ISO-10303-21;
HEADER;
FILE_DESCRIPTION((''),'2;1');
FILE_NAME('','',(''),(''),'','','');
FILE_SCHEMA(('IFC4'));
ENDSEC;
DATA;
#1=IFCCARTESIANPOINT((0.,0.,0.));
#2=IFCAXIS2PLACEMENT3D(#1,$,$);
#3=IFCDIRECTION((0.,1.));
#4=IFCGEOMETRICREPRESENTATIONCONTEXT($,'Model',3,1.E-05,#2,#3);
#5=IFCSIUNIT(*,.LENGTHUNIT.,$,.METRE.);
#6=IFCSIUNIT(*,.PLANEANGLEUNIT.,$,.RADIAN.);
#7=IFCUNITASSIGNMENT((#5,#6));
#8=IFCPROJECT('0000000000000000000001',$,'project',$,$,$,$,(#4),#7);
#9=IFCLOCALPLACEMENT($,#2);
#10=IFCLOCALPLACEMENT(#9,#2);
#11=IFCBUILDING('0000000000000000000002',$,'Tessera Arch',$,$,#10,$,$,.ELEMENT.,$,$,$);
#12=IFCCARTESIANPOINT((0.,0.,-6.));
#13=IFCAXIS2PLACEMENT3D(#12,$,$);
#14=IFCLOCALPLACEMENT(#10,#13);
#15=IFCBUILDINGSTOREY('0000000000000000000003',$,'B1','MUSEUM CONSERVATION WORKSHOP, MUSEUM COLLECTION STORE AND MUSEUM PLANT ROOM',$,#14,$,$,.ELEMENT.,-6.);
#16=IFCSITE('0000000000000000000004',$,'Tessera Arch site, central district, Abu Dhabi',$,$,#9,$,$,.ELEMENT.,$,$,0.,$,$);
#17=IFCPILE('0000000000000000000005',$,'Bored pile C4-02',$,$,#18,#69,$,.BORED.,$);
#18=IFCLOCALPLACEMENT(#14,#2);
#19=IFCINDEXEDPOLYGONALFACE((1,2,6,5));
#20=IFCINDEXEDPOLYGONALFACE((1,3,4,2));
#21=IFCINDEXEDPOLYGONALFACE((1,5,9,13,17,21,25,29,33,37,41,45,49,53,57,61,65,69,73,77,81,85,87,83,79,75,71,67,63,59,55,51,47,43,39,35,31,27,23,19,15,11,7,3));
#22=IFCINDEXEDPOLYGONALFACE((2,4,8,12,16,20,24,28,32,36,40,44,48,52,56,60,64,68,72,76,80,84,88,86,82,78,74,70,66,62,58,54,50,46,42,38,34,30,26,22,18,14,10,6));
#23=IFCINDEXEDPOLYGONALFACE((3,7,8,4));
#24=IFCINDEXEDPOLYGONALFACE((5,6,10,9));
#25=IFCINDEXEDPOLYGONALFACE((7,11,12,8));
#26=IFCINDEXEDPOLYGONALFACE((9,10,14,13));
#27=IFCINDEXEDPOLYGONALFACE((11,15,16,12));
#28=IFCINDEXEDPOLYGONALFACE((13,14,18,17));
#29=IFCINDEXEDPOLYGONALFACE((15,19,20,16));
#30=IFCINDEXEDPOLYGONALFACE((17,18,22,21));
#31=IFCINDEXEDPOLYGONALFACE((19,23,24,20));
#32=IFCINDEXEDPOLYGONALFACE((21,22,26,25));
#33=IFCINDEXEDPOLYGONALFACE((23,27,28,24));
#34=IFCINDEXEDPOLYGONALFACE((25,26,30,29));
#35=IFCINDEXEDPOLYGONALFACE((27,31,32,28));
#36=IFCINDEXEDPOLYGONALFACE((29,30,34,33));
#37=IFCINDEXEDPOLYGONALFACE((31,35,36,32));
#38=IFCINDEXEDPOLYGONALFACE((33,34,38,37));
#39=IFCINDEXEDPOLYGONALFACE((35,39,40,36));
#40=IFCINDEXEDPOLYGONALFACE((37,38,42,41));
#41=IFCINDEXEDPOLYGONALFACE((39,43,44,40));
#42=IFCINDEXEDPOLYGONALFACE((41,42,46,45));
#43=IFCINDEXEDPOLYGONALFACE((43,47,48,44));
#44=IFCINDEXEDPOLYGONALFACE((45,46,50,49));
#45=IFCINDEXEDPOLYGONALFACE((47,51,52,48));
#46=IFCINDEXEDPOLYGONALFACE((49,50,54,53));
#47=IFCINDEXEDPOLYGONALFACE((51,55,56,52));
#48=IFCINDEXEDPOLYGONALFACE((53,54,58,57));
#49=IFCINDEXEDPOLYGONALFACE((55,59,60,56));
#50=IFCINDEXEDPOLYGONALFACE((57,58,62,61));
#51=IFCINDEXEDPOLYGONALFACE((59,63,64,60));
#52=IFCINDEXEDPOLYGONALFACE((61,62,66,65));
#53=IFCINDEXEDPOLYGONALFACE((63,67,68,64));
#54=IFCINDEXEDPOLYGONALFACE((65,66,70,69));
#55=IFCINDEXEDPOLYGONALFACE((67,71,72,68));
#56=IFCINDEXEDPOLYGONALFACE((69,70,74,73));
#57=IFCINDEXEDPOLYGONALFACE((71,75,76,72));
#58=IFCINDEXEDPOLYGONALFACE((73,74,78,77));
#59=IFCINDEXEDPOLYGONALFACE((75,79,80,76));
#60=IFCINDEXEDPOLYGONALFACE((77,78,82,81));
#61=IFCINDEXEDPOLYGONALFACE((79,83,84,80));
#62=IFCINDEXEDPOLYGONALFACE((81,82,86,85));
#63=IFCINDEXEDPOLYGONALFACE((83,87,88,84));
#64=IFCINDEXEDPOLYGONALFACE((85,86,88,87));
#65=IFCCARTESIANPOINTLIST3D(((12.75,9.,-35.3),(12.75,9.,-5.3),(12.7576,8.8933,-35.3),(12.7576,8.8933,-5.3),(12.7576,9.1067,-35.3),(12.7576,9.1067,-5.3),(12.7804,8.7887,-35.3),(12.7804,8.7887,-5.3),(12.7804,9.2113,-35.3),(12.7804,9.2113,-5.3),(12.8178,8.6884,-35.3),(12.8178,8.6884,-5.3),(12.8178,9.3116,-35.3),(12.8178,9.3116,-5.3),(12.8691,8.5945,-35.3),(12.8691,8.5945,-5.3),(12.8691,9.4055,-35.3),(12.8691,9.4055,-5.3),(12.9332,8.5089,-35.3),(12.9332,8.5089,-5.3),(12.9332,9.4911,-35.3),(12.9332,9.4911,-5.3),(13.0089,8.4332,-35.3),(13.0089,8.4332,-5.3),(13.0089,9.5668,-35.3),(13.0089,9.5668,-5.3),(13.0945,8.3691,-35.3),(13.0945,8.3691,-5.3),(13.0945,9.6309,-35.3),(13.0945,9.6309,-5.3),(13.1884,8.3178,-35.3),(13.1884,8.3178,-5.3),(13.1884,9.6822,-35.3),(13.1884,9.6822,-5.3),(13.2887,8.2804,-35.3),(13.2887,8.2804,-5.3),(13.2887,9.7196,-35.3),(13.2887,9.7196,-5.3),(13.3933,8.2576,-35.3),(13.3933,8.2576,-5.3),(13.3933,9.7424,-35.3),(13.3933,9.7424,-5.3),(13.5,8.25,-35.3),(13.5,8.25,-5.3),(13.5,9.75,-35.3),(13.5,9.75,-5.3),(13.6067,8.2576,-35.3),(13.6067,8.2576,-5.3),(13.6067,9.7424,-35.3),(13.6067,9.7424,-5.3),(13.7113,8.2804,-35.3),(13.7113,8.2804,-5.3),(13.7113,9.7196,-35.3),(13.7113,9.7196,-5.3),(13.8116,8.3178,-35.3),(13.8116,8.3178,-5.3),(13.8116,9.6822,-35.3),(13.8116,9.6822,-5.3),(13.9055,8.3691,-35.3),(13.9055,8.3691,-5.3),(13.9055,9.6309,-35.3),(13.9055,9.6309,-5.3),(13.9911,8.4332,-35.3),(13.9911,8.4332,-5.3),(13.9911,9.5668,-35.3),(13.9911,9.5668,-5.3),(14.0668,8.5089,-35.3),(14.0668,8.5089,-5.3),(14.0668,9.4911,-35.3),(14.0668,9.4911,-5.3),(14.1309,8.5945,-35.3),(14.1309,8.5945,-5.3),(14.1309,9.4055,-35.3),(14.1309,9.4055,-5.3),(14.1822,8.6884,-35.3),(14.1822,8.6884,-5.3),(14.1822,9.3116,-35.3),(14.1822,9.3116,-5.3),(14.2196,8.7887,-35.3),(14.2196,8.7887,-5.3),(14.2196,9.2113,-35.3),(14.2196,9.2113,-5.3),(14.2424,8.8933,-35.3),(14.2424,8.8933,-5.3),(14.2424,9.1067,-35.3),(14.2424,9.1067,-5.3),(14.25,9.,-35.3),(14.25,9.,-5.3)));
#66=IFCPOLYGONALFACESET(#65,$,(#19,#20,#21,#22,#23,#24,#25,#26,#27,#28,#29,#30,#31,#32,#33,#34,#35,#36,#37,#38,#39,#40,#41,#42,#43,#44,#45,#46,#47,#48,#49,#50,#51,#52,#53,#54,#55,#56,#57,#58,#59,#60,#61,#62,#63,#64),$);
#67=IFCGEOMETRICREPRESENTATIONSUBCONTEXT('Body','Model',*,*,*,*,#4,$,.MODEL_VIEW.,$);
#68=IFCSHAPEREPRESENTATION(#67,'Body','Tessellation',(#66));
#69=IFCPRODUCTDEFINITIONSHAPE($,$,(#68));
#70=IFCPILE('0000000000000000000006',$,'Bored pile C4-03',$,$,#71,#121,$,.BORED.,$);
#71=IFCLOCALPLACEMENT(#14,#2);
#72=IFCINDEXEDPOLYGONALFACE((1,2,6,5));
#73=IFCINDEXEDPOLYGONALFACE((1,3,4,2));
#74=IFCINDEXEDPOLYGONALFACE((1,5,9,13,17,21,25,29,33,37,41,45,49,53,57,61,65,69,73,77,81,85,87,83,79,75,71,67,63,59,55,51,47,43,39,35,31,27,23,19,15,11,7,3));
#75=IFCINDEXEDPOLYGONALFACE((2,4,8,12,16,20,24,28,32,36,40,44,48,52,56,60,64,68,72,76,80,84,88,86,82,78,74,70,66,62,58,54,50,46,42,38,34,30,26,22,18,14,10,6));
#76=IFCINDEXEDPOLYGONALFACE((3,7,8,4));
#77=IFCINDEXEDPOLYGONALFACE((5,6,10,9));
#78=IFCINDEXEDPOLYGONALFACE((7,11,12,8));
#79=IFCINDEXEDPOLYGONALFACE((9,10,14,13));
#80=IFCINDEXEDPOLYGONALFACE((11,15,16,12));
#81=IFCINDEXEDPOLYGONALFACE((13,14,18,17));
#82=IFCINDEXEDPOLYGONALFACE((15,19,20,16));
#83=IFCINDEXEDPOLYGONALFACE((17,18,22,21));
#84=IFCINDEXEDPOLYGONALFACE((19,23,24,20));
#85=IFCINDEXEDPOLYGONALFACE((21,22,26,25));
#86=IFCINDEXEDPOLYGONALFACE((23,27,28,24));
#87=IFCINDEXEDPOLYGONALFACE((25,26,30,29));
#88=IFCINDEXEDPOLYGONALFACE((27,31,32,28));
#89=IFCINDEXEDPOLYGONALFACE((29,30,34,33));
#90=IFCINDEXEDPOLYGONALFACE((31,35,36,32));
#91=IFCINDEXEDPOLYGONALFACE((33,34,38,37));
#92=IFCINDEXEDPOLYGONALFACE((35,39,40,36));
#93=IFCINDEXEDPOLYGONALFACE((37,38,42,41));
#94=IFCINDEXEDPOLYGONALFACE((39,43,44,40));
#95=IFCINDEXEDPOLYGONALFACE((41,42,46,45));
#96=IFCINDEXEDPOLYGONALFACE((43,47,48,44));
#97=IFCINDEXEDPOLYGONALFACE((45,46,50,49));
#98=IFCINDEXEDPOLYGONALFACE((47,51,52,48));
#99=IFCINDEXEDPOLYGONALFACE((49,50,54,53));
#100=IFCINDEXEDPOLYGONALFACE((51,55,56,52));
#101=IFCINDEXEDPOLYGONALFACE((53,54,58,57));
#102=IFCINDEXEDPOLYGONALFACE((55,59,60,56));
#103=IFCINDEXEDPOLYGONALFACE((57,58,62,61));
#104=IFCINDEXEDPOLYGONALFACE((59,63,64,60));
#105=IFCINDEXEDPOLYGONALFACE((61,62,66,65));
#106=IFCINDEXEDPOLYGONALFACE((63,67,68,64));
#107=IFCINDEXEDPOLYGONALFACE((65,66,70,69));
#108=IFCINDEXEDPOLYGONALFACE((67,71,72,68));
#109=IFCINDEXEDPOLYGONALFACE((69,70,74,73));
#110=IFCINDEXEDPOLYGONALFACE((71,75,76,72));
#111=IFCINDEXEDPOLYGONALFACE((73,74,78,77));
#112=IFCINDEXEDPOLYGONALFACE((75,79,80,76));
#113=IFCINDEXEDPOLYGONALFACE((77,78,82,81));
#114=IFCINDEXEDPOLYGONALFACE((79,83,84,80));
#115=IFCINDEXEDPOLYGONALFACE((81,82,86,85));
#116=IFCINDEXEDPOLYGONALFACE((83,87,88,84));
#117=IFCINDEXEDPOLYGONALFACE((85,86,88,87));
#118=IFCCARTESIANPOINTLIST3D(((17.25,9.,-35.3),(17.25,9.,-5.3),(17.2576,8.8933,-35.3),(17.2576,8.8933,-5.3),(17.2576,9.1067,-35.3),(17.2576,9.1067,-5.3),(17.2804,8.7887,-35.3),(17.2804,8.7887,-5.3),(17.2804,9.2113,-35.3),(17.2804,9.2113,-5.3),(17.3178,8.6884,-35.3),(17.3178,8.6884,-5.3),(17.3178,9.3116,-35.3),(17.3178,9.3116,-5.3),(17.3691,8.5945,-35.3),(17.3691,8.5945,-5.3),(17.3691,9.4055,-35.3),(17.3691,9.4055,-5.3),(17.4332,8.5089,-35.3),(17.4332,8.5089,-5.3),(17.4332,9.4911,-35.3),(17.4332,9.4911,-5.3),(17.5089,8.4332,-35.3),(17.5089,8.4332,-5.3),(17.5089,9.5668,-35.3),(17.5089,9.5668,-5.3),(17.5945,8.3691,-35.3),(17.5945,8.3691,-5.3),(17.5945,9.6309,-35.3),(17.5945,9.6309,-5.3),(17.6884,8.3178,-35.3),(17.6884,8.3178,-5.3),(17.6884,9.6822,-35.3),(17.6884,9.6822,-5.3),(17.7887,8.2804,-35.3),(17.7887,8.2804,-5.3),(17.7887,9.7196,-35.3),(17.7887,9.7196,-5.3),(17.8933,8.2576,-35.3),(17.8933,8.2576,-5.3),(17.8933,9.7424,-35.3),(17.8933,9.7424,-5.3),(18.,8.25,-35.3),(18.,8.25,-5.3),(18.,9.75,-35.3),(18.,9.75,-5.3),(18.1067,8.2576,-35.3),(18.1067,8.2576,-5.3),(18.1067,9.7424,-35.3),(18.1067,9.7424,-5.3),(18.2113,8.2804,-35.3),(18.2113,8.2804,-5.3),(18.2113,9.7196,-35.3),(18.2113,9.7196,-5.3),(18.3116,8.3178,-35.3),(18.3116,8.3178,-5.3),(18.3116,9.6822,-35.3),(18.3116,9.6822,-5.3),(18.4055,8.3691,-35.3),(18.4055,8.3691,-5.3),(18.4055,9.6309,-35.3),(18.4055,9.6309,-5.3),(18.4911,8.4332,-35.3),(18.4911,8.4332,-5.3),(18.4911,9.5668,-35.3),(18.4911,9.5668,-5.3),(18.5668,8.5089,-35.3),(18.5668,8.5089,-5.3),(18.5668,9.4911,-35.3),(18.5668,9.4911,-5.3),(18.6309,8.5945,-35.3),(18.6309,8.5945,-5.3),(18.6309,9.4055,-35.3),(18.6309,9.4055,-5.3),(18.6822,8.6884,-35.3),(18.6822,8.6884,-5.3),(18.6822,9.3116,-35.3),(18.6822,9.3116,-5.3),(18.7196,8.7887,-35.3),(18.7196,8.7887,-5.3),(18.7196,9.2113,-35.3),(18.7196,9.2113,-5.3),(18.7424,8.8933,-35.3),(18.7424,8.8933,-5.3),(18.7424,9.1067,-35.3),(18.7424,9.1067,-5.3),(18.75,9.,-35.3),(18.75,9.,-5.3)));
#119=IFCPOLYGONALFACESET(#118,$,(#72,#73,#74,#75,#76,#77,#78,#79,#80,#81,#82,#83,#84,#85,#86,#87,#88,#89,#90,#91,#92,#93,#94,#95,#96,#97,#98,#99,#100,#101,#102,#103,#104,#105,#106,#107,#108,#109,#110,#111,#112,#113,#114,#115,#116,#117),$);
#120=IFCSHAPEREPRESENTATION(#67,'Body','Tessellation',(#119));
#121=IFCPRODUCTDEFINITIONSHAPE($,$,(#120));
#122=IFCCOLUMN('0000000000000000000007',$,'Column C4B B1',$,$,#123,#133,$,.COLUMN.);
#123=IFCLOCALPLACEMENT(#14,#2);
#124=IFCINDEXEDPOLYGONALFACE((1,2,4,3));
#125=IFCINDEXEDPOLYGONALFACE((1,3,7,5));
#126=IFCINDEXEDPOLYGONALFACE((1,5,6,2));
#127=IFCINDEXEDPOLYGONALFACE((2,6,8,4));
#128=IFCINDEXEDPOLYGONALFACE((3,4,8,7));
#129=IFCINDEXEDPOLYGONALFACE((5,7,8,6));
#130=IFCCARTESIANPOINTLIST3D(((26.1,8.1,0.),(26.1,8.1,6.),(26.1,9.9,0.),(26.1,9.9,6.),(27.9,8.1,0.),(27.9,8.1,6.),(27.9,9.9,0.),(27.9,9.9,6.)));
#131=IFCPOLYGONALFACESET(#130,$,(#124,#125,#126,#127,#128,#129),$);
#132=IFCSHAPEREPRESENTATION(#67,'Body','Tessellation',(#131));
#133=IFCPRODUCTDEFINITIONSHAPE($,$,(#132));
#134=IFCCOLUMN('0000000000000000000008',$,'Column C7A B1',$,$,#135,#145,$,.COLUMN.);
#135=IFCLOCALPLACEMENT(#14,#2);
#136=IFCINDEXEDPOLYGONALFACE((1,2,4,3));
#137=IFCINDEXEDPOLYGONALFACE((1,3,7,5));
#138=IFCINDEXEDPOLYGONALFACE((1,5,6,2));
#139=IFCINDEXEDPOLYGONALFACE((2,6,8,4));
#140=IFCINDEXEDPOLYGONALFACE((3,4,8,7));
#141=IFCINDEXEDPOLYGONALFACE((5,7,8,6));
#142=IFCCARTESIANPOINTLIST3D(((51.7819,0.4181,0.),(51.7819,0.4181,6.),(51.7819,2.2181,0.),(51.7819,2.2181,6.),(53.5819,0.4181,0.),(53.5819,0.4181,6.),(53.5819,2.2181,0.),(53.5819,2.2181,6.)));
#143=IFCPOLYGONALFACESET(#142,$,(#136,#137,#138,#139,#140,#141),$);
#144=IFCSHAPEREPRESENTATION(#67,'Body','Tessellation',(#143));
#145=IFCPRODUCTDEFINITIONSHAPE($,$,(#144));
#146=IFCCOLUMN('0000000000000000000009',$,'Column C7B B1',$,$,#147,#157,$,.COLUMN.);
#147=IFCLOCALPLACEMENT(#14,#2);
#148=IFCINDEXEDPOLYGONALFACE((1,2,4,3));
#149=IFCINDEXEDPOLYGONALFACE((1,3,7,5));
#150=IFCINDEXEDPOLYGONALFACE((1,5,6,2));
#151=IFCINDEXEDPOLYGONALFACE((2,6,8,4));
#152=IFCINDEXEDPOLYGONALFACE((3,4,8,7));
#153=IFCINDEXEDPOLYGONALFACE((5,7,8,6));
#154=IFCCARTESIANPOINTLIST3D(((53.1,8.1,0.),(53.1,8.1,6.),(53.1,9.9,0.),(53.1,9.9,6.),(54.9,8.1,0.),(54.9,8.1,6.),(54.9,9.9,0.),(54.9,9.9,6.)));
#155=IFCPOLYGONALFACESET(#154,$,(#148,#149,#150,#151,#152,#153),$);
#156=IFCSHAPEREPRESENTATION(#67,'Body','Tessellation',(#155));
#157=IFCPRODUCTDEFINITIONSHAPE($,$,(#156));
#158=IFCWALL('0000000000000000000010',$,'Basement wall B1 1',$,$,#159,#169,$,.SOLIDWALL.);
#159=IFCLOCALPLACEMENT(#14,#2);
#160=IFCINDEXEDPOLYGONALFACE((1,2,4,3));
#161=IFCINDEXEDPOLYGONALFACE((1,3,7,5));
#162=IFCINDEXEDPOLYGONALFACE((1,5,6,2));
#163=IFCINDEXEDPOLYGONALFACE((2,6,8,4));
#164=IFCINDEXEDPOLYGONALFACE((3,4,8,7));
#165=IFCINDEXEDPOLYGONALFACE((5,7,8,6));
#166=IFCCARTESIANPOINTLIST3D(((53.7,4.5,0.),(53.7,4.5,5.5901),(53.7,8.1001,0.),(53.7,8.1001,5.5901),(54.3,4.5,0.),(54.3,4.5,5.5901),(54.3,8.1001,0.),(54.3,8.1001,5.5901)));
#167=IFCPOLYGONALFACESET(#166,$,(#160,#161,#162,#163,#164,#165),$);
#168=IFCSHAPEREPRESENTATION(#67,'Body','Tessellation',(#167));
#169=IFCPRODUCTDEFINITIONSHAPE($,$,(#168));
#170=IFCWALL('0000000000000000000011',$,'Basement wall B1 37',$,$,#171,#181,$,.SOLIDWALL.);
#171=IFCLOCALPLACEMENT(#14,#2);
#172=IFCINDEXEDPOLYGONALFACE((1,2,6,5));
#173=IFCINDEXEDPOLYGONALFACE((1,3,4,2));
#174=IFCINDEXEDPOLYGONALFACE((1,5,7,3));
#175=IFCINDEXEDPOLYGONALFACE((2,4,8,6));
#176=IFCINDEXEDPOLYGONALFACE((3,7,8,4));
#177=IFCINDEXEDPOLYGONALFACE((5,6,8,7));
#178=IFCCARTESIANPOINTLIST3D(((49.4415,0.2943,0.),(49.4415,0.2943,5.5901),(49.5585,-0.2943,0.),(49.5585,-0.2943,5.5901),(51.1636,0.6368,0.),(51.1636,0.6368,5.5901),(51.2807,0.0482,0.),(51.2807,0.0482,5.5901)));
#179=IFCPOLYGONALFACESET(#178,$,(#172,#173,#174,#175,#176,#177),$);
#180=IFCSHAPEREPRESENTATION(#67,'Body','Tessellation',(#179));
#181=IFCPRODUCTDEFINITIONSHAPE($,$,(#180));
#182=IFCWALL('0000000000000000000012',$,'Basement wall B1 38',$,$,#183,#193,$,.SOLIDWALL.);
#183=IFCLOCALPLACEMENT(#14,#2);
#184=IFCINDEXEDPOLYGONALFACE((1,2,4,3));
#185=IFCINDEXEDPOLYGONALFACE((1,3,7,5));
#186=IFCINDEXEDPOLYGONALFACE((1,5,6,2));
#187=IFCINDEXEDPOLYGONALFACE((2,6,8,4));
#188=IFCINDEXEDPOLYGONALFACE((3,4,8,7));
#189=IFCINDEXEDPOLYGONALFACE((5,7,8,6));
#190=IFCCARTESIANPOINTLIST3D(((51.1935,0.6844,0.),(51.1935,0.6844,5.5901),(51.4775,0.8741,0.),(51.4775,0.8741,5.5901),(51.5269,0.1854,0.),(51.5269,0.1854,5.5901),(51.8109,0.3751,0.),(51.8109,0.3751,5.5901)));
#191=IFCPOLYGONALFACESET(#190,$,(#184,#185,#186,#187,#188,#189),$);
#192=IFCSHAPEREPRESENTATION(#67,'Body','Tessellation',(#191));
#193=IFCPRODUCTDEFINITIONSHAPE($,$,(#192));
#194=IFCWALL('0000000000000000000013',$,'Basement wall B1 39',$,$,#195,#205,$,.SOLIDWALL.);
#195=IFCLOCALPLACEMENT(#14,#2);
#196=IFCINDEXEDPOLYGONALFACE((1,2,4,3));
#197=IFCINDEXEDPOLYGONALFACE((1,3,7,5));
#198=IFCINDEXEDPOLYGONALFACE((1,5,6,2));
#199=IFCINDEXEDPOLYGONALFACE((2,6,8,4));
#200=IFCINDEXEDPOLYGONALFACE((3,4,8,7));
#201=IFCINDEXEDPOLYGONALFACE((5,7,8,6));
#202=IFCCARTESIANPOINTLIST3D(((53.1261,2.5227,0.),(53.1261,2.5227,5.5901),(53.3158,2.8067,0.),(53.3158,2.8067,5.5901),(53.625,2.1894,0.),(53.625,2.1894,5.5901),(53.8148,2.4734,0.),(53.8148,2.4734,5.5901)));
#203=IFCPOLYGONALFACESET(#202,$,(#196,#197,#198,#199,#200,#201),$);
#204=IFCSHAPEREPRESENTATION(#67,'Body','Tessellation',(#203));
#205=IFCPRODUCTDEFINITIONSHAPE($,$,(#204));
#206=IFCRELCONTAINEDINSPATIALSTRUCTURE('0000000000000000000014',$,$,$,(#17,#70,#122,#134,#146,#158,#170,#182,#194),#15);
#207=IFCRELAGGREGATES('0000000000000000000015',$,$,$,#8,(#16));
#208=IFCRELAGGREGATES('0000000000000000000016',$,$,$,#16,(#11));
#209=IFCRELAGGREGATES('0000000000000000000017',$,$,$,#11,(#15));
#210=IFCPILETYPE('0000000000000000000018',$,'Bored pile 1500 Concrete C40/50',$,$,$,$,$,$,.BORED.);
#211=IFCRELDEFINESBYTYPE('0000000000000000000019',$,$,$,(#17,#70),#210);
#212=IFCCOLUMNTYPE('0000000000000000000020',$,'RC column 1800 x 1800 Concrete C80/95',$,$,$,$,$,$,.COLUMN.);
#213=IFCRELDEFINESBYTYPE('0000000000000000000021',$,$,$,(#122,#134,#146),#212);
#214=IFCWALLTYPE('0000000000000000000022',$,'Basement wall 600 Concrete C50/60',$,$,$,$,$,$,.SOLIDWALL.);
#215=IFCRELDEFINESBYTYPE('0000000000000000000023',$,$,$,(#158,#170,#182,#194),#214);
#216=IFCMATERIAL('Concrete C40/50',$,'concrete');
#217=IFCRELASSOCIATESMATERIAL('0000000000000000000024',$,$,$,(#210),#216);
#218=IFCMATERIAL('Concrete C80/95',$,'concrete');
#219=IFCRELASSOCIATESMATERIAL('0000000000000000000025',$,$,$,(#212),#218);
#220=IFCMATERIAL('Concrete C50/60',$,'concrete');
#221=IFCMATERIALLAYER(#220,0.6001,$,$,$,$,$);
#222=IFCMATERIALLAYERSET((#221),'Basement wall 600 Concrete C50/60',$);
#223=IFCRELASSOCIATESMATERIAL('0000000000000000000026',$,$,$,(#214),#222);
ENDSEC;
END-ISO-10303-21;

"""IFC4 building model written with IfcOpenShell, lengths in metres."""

from ifc_helpers import new_model, si_unit, direction, frame, frame_2d, origin, origin_2d, place, context, subcontext, project, spatial, rectangle, circle, extrude, material, layer, layer_set, material_profile, profile_set, type_object, element, save


model = new_model("IFC4")

# Units and contexts
model_context = context("Model", 3, precision=1e-05, world=origin(), true_north=direction((0.0, 1.0)))
body_context = subcontext(model_context, "Body", "Model", "MODEL_VIEW")
ifc_project = project(units=[si_unit("LENGTHUNIT", "METRE"), si_unit("PLANEANGLEUNIT", "RADIAN")], contexts=[model_context])

# Site, building, storey
site_placement = place(None, origin())
site = spatial("IfcSite", under=ifc_project, at=site_placement, Name="Tessera Arch site, central district, Abu Dhabi", CompositionType="ELEMENT", RefElevation=0.0)
building_placement = place(site_placement, origin())
building = spatial("IfcBuilding", under=site, at=building_placement, Name="Tessera Arch", CompositionType="ELEMENT")
storey_placement = place(building_placement, frame((0.0, 0.0, -6.0)))
storey = spatial("IfcBuildingStorey", under=building, at=storey_placement, Name="B1", Description="MUSEUM CONSERVATION WORKSHOP, MUSEUM COLLECTION STORE AND MUSEUM PLANT ROOM", CompositionType="ELEMENT", Elevation=-6.0)

# Piles
ifc_material_1 = material(Name="Concrete C40/50", Category="concrete")
pile_type = type_object("IfcPileType", Name="Bored pile 1500 Concrete C40/50", PredefinedType="BORED", material=ifc_material_1)
for number, where, z_axis, x_axis, name in (
    (1, (13.5, 9.0, -5.3), (0.0, 0.0, -1.0), (1.0, 0.0, 0.0), "Bored pile C4-02"),
    (2, (18.0, 9.0, -5.3), (0.0, 0.0, -1.0), (1.0, 0.0, 0.0), "Bored pile C4-03"),
):
    element("IfcPile", number, at=place(storey_placement, frame(where, z_axis=z_axis, x_axis=x_axis)), inside=storey, type_object=pile_type, Name=name, PredefinedType="BORED", context=body_context, shape_type="SweptSolid", body=[
        extrude(circle(Radius=0.75, at=origin_2d()), origin(), (0.0, 0.0, 1.0), 30.0),
    ])

# Columns
ifc_material_2 = material(Name="Concrete C80/95", Category="concrete")
ifc_material_profile = material_profile(ifc_material_2, rectangle(XDim=1.8, YDim=1.8, at=origin_2d()), Name="RC column 1800 x 1800 Concrete C80/95")
ifc_profile_set = profile_set([ifc_material_profile], Name="Concrete C80/95")
column_type = type_object("IfcColumnType", Name="RC column 1800 x 1800 Concrete C80/95", PredefinedType="COLUMN", material=ifc_profile_set)
for number, where, z_axis, x_axis, name in (
    (3, (27.0, 9.0, 0.0), (0.0, 0.0, 1.0), (1.0, 0.0, 0.0), "Column C4B B1"),
    (4, (52.6819, 1.3181, 0.0), (0.0, 0.0, 1.0), (1.0, 0.0, 0.0), "Column C7A B1"),
    (5, (54.0, 9.0, 0.0), (0.0, 0.0, 1.0), (1.0, 0.0, 0.0), "Column C7B B1"),
):
    element("IfcColumn", number, at=place(storey_placement, frame(where, z_axis=z_axis, x_axis=x_axis)), inside=storey, type_object=column_type, Name=name, PredefinedType="COLUMN", context=body_context, shape_type="SweptSolid", body=[
        extrude(rectangle(XDim=1.8, YDim=1.8, at=origin_2d()), origin(), (0.0, 0.0, 1.0), 6.0),
    ])

# Walls
ifc_material_3 = material(Name="Concrete C50/60", Category="concrete")
ifc_layer_1 = layer(ifc_material_3, 0.6001)
ifc_layer_set_1 = layer_set([ifc_layer_1], Name="Basement wall 600 Concrete C50/60")
wall_type_1 = type_object("IfcWallType", Name="Basement wall 600 Concrete C50/60", PredefinedType="SOLIDWALL", material=ifc_layer_set_1)
wall_1_placement = place(storey_placement, frame((54.0, 4.5, 0.0), z_axis=(0.0, 0.0, 1.0), x_axis=(0.0, 1.0, 0.0)))
element("IfcWall", 6, at=wall_1_placement, inside=storey, type_object=wall_type_1, Name="Basement wall B1 1", PredefinedType="SOLIDWALL", context=body_context, shape_type="SweptSolid", body=[
    extrude(rectangle(XDim=3.6001, YDim=0.6001, at=frame_2d((1.8, 0.0))), origin(), (0.0, 0.0, 1.0), 5.5901),
])
wall_2_placement = place(storey_placement, frame((49.5, 0.0, 0.0), z_axis=(0.0, 0.0, 1.0), x_axis=(0.980789, 0.195073, 0.0)))
element("IfcWall", 7, at=wall_2_placement, inside=storey, type_object=wall_type_1, Name="Basement wall B1 37", PredefinedType="SOLIDWALL", context=body_context, shape_type="SweptSolid", body=[
    extrude(rectangle(XDim=1.7559, YDim=0.6001, at=frame_2d((0.8779, 0.0))), origin(), (0.0, 0.0, 1.0), 5.5901),
])
for number, where, z_axis, x_axis, name in (
    (8, (51.3601, 0.4348, 0.0), (0.0, 0.0, 1.0), (0.8315, 0.555525, 0.0), "Basement wall B1 38"),
    (9, (53.3755, 2.356, 0.0), (0.0, 0.0, 1.0), (0.555525, 0.8315, 0.0), "Basement wall B1 39"),
):
    element("IfcWall", number, at=place(storey_placement, frame(where, z_axis=z_axis, x_axis=x_axis)), inside=storey, type_object=wall_type_1, Name=name, PredefinedType="SOLIDWALL", context=body_context, shape_type="SweptSolid", body=[
        extrude(rectangle(XDim=0.3416, YDim=0.6001, at=frame_2d((0.1709, 0.0))), origin(), (0.0, 0.0, 1.0), 5.5901),
    ])

save(model, "model.ifc")
